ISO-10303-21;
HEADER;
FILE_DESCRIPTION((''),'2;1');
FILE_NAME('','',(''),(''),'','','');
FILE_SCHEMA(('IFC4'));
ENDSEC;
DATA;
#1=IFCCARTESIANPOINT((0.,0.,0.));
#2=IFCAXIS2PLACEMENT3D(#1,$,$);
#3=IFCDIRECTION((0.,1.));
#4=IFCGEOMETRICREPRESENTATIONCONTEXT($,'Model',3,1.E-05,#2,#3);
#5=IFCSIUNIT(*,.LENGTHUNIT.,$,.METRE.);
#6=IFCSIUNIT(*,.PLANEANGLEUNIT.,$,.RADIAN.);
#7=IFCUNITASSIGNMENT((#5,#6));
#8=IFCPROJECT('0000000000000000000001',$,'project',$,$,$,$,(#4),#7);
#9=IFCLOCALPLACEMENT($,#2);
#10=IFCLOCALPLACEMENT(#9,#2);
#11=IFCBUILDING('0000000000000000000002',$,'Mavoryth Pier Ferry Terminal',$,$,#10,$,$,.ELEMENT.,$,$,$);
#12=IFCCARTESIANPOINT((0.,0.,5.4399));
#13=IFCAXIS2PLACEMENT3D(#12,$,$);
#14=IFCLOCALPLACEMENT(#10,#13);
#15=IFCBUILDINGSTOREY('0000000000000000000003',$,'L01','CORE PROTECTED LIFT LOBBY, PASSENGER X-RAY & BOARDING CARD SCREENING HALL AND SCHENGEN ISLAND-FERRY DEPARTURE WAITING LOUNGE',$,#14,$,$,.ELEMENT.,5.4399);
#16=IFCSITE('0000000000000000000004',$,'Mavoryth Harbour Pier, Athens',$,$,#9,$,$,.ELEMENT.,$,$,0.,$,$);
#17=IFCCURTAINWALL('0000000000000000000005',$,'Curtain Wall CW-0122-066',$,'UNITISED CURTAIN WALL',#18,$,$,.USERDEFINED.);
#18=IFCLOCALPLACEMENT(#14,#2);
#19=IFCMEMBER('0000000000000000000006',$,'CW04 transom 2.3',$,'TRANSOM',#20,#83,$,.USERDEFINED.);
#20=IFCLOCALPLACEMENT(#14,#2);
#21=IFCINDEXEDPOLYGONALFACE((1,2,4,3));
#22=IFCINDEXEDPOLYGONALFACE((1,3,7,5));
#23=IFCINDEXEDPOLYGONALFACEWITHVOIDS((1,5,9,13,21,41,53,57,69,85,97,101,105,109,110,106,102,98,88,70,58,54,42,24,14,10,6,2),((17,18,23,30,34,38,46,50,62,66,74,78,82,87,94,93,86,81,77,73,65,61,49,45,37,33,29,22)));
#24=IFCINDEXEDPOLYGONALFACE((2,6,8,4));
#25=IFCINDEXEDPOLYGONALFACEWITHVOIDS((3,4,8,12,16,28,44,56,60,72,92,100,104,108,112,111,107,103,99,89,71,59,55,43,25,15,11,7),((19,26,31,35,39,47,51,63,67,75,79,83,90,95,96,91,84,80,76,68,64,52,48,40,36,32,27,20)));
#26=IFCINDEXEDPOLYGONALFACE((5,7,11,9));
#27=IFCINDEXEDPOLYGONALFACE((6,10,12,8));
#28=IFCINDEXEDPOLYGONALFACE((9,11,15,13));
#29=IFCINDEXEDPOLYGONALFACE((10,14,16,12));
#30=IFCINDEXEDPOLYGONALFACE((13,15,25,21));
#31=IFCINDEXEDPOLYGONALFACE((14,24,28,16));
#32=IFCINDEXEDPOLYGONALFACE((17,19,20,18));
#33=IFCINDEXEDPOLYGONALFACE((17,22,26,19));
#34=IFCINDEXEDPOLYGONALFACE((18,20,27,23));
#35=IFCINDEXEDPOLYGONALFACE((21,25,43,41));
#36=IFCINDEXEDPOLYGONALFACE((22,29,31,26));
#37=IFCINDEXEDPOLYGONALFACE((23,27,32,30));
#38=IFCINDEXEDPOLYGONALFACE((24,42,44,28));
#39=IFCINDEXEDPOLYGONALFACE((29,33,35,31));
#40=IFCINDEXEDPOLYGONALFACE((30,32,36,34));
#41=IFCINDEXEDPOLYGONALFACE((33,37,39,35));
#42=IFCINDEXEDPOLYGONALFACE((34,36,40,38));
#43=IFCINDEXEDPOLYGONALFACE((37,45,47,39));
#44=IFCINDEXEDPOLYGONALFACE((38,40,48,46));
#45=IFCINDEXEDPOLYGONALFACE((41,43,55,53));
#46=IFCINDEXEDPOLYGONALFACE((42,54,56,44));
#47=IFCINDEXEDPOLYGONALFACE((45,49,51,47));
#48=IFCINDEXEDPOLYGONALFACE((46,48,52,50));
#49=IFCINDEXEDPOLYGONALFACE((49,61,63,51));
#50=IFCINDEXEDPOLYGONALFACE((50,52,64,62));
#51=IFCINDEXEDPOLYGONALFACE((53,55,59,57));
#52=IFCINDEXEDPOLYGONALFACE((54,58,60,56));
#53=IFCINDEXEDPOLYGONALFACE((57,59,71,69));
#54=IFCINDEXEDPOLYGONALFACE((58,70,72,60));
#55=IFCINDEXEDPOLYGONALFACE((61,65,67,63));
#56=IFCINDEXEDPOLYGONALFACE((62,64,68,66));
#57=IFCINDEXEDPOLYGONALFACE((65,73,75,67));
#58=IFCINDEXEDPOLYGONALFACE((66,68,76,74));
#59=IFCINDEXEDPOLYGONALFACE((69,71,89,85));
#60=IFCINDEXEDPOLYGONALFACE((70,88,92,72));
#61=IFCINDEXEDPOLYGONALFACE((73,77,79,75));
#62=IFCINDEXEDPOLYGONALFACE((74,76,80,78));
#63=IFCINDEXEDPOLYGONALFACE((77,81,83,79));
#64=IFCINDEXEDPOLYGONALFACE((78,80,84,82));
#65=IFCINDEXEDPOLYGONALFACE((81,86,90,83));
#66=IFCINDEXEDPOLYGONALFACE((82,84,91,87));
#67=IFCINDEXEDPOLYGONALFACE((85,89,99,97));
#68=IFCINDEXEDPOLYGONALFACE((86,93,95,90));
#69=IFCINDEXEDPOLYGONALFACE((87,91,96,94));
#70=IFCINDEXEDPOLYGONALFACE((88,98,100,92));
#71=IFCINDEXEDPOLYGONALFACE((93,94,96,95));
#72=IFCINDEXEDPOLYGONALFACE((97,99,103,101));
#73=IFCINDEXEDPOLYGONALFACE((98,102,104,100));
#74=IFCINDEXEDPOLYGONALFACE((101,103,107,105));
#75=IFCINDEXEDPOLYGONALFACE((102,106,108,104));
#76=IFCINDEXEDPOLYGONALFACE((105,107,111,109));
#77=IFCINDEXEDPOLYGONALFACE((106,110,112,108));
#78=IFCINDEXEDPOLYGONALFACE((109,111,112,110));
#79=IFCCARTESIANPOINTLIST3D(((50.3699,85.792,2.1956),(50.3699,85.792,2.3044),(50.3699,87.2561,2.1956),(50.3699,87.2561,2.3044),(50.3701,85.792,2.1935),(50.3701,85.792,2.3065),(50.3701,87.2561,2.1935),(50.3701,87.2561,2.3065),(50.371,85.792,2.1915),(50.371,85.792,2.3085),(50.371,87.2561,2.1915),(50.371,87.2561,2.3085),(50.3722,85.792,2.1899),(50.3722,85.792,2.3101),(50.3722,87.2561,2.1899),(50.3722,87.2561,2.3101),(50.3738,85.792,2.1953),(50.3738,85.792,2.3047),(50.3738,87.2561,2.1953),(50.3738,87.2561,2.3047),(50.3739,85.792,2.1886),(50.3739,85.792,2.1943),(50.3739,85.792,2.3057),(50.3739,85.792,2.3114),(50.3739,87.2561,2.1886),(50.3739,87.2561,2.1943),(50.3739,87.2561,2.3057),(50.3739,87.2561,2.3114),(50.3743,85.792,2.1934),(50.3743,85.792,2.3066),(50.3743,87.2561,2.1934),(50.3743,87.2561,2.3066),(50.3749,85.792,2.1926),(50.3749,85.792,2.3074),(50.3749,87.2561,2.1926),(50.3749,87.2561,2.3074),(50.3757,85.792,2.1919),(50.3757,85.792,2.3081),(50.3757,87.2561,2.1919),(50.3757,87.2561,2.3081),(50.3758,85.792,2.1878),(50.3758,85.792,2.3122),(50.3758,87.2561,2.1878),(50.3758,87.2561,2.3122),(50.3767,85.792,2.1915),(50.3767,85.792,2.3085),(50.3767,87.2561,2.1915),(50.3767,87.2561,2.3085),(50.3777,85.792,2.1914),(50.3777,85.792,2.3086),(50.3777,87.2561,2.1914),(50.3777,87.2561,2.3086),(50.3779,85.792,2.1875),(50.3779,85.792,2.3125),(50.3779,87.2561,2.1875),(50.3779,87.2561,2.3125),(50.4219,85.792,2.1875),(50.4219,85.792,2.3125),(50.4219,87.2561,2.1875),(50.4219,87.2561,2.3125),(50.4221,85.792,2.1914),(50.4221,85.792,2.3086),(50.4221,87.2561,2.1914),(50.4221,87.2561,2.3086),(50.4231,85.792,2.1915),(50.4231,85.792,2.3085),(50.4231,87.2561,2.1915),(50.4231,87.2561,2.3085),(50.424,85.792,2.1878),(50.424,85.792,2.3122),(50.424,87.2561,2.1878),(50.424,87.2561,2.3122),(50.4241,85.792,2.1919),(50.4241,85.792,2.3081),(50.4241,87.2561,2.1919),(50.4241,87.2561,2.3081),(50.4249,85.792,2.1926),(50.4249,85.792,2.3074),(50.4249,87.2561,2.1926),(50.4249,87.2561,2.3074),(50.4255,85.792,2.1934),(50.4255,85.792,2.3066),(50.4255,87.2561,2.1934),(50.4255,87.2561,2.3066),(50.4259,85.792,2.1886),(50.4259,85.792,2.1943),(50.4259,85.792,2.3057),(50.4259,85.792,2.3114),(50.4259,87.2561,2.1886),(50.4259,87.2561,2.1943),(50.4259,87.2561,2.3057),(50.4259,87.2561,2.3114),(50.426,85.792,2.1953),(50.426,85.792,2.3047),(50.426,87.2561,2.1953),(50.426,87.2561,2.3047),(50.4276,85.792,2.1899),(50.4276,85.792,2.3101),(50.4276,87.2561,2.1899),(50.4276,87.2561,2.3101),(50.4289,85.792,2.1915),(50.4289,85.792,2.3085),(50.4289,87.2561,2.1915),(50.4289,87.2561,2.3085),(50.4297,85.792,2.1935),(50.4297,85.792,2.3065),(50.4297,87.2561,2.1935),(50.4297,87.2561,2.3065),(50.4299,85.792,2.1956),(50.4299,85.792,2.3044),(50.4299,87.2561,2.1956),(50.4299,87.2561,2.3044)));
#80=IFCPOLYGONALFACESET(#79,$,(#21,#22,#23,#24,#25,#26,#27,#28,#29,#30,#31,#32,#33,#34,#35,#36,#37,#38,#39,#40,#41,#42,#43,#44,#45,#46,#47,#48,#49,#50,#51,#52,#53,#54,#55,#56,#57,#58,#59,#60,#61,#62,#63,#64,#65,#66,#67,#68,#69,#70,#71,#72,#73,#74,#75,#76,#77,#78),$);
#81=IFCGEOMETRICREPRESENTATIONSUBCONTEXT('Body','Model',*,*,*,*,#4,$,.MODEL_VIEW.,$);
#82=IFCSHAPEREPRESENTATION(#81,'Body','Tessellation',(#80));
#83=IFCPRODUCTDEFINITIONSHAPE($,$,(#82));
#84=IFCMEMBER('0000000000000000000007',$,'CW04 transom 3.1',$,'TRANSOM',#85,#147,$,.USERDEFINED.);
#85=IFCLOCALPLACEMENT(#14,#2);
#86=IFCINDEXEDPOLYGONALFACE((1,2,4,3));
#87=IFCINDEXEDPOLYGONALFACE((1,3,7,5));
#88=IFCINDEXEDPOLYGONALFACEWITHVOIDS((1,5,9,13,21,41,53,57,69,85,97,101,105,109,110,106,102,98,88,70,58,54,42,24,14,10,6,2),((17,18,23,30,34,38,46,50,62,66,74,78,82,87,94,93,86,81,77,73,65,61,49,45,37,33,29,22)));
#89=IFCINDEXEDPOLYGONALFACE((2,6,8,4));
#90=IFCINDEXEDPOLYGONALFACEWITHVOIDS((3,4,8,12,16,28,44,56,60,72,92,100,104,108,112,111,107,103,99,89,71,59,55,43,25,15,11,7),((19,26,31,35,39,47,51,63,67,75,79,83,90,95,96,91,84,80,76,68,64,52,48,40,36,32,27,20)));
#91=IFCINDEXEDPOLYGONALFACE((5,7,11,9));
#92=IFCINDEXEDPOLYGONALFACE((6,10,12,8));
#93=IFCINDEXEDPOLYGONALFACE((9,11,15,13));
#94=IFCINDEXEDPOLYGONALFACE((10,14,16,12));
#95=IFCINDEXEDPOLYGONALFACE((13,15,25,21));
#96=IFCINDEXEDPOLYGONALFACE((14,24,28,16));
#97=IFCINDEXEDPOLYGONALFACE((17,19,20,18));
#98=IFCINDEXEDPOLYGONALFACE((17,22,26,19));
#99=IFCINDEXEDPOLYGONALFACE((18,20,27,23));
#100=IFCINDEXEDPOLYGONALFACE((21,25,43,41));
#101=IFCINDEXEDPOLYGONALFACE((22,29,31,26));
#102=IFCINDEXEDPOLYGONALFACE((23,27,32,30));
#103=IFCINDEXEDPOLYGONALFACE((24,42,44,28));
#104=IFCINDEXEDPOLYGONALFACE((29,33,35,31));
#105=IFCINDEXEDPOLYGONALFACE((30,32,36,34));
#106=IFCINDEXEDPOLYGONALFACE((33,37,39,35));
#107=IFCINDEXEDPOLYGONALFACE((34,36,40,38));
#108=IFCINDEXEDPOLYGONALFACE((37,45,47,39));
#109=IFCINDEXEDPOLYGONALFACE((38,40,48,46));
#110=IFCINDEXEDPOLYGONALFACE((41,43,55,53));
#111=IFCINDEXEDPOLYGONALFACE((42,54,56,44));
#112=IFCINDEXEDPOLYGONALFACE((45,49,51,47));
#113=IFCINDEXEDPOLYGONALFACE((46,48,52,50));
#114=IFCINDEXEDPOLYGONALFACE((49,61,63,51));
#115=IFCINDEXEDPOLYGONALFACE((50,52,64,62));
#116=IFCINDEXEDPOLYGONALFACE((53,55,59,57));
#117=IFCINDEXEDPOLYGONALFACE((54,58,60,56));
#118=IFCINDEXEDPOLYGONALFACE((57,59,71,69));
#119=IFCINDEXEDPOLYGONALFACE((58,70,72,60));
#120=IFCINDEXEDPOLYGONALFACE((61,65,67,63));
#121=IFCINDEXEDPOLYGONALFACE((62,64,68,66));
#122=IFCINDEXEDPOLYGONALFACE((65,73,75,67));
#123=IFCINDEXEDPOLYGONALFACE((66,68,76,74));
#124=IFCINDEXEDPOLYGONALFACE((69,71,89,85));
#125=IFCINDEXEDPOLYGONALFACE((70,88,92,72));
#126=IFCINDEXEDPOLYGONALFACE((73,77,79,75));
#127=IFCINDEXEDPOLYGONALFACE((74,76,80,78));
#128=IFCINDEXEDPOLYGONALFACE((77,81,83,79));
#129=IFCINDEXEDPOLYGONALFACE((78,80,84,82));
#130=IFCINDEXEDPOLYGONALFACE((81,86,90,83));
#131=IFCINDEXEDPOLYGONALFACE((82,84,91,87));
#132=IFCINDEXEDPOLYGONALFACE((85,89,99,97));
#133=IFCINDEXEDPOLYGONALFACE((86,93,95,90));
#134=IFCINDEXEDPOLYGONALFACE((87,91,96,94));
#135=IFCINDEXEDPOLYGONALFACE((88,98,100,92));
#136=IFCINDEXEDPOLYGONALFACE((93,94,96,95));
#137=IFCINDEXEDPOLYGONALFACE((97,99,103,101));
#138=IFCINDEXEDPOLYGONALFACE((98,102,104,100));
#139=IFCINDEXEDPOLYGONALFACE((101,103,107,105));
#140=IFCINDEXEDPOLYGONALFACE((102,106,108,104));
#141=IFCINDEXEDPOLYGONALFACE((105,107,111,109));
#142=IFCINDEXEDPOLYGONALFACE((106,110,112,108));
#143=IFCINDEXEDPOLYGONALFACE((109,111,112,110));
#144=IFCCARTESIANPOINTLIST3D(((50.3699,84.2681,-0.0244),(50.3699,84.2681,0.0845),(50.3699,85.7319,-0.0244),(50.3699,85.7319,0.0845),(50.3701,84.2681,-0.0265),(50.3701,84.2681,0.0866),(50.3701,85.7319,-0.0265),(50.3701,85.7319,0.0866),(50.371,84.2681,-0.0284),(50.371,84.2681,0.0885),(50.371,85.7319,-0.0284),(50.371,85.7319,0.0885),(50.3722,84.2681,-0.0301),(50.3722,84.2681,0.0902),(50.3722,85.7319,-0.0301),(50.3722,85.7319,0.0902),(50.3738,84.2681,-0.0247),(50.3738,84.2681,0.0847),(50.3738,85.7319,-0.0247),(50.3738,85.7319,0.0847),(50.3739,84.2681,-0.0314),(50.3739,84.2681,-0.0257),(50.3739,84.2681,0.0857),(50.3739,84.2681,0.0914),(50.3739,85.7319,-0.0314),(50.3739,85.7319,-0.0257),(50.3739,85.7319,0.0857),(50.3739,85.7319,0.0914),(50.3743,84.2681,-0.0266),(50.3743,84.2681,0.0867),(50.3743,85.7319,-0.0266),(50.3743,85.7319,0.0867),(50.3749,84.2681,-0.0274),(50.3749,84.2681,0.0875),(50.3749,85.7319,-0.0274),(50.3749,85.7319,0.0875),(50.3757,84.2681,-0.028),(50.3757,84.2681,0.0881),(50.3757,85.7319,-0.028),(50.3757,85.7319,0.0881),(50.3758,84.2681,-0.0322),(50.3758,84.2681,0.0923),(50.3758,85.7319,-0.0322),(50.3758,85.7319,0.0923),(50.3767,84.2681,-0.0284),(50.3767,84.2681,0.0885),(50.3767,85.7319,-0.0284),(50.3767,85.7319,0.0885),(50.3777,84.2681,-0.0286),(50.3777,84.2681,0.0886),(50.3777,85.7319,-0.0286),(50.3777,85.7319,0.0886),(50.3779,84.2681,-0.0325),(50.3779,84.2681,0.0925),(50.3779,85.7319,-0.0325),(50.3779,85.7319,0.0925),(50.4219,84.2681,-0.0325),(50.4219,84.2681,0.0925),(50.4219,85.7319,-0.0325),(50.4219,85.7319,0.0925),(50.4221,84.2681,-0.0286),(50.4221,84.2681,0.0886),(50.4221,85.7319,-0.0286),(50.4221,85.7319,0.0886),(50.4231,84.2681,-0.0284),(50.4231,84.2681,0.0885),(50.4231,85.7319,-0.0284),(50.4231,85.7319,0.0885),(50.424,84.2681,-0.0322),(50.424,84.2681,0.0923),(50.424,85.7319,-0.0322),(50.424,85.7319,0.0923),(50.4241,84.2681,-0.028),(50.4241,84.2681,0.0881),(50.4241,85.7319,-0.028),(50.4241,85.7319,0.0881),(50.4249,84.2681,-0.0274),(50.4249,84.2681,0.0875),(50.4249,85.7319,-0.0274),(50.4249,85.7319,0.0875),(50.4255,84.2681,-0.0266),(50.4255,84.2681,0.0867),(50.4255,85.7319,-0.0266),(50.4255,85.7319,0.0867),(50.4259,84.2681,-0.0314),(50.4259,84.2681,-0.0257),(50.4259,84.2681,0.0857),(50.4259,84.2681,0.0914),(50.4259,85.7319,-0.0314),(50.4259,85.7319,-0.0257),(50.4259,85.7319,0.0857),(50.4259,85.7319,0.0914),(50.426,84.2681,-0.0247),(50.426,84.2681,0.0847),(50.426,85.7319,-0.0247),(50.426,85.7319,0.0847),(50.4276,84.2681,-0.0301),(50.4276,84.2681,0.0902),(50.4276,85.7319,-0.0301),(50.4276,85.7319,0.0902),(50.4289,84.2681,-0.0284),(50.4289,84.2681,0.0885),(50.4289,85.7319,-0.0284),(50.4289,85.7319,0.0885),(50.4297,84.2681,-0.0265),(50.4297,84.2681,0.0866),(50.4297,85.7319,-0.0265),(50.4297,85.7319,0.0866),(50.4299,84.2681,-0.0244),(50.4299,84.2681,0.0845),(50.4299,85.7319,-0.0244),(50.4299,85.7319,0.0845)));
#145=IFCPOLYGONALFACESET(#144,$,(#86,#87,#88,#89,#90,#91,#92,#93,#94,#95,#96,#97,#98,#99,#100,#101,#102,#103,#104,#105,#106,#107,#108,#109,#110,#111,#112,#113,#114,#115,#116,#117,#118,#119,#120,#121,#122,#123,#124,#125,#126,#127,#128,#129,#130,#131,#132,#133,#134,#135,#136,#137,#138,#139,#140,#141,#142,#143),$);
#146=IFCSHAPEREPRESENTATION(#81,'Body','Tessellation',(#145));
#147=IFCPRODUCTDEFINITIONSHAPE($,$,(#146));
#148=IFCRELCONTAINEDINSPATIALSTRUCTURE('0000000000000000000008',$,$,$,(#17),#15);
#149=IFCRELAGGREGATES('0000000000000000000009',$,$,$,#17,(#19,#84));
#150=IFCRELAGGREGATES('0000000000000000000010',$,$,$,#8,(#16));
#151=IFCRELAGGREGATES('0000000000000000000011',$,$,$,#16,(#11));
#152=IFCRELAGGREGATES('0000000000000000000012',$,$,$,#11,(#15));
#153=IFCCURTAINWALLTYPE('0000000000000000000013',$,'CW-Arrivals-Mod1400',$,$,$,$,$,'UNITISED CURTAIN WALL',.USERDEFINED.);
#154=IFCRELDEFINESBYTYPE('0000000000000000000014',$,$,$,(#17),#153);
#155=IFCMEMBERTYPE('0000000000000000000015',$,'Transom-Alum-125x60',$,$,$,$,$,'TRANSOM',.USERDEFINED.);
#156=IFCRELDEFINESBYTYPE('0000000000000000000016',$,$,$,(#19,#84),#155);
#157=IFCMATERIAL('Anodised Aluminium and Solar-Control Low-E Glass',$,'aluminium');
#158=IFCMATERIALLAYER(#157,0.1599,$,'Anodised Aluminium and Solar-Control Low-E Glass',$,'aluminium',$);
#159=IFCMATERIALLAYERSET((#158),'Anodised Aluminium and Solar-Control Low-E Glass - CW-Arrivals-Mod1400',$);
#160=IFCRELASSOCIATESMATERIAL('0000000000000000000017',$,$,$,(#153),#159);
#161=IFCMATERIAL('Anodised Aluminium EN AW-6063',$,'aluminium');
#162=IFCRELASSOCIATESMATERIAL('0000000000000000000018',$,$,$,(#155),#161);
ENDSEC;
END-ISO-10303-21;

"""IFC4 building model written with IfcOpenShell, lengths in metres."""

from ifc_helpers import new_model, si_unit, direction, frame, origin, origin_2d, place, context, subcontext, project, spatial, hollow_rectangle, extrude, material, layer, layer_set, material_profile, profile_set, type_object, element, aggregate, save


model = new_model("IFC4")

# Units and contexts
model_context = context("Model", 3, precision=1e-05, world=origin(), true_north=direction((0.0, 1.0)))
body_context = subcontext(model_context, "Body", "Model", "MODEL_VIEW")
ifc_project = project(units=[si_unit("LENGTHUNIT", "METRE"), si_unit("PLANEANGLEUNIT", "RADIAN")], contexts=[model_context])

# Site, building, storey
site_placement = place(None, origin())
site = spatial("IfcSite", under=ifc_project, at=site_placement, Name="Mavoryth Harbour Pier, Athens", CompositionType="ELEMENT", RefElevation=0.0)
building_placement = place(site_placement, origin())
building = spatial("IfcBuilding", under=site, at=building_placement, Name="Mavoryth Pier Ferry Terminal", CompositionType="ELEMENT")
storey_placement = place(building_placement, frame((0.0, 0.0, 5.4399)))
storey = spatial("IfcBuildingStorey", under=building, at=storey_placement, Name="L01", Description="CORE PROTECTED LIFT LOBBY, PASSENGER X-RAY & BOARDING CARD SCREENING HALL AND SCHENGEN ISLAND-FERRY DEPARTURE WAITING LOUNGE", CompositionType="ELEMENT", Elevation=5.4399)

# Curtain wall
ifc_material_1 = material(Name="Anodised Aluminium and Solar-Control Low-E Glass", Category="aluminium")
ifc_material_2 = material(Name="Anodised Aluminium EN AW-6063", Category="aluminium")
ifc_layer_1 = layer(ifc_material_1, 0.1599, Name="Anodised Aluminium and Solar-Control Low-E Glass", Category="aluminium")
ifc_layer_set_1 = layer_set([ifc_layer_1], Name="Anodised Aluminium and Solar-Control Low-E Glass - CW-Arrivals-Mod1400")
curtain_wall_type_1 = type_object("IfcCurtainWallType", Name="CW-Arrivals-Mod1400", ElementType="UNITISED CURTAIN WALL", PredefinedType="USERDEFINED", material=ifc_layer_set_1)
curtain_wall_1_placement = place(storey_placement, origin())
curtain_wall_1 = element("IfcCurtainWall", 1, at=curtain_wall_1_placement, inside=storey, type_object=curtain_wall_type_1, Name="Curtain Wall CW-0122-066", ObjectType="UNITISED CURTAIN WALL", PredefinedType="USERDEFINED")

# Members
ifc_material_profile_1 = material_profile(ifc_material_2, hollow_rectangle(XDim=0.0601, YDim=0.125, WallThickness=0.0039, InnerFilletRadius=0.0039, OuterFilletRadius=0.0081, at=origin_2d()), Name="AL-TRAN 125x60x4", Category="aluminium")
ifc_profile_set_1 = profile_set([ifc_material_profile_1], Name="Anodised Aluminium EN AW-6063 - AL-TRAN 125x60x4")
member_type_1 = type_object("IfcMemberType", Name="Transom-Alum-125x60", ElementType="TRANSOM", PredefinedType="USERDEFINED", material=ifc_profile_set_1)
member_1_placement = place(storey_placement, frame((50.3999, 87.2561, 2.25), z_axis=(0.0, -1.0, 0.0), x_axis=(1.0, 0.0, 0.0)))
member_1 = element("IfcMember", 2, at=member_1_placement, type_object=member_type_1, Name="CW04 transom 2.3", ObjectType="TRANSOM", PredefinedType="USERDEFINED", context=body_context, shape_type="SweptSolid", body=[
    extrude(hollow_rectangle(XDim=0.0601, YDim=0.125, WallThickness=0.0039, InnerFilletRadius=0.0039, OuterFilletRadius=0.0081, at=origin_2d()), origin(), (0.0, 0.0, 1.0), 1.4641),
])
member_2_placement = place(storey_placement, frame((50.3999, 85.7319, 0.03), z_axis=(0.0, -1.0, 0.0), x_axis=(1.0, 0.0, 0.0)))
member_2 = element("IfcMember", 3, at=member_2_placement, type_object=member_type_1, Name="CW04 transom 3.1", ObjectType="TRANSOM", PredefinedType="USERDEFINED", context=body_context, shape_type="SweptSolid", body=[
    extrude(hollow_rectangle(XDim=0.0601, YDim=0.125, WallThickness=0.0039, InnerFilletRadius=0.0039, OuterFilletRadius=0.0081, at=origin_2d()), origin(), (0.0, 0.0, 1.0), 1.4639),
])

aggregate(curtain_wall_1, [member_1, member_2])

save(model, "model.ifc")
